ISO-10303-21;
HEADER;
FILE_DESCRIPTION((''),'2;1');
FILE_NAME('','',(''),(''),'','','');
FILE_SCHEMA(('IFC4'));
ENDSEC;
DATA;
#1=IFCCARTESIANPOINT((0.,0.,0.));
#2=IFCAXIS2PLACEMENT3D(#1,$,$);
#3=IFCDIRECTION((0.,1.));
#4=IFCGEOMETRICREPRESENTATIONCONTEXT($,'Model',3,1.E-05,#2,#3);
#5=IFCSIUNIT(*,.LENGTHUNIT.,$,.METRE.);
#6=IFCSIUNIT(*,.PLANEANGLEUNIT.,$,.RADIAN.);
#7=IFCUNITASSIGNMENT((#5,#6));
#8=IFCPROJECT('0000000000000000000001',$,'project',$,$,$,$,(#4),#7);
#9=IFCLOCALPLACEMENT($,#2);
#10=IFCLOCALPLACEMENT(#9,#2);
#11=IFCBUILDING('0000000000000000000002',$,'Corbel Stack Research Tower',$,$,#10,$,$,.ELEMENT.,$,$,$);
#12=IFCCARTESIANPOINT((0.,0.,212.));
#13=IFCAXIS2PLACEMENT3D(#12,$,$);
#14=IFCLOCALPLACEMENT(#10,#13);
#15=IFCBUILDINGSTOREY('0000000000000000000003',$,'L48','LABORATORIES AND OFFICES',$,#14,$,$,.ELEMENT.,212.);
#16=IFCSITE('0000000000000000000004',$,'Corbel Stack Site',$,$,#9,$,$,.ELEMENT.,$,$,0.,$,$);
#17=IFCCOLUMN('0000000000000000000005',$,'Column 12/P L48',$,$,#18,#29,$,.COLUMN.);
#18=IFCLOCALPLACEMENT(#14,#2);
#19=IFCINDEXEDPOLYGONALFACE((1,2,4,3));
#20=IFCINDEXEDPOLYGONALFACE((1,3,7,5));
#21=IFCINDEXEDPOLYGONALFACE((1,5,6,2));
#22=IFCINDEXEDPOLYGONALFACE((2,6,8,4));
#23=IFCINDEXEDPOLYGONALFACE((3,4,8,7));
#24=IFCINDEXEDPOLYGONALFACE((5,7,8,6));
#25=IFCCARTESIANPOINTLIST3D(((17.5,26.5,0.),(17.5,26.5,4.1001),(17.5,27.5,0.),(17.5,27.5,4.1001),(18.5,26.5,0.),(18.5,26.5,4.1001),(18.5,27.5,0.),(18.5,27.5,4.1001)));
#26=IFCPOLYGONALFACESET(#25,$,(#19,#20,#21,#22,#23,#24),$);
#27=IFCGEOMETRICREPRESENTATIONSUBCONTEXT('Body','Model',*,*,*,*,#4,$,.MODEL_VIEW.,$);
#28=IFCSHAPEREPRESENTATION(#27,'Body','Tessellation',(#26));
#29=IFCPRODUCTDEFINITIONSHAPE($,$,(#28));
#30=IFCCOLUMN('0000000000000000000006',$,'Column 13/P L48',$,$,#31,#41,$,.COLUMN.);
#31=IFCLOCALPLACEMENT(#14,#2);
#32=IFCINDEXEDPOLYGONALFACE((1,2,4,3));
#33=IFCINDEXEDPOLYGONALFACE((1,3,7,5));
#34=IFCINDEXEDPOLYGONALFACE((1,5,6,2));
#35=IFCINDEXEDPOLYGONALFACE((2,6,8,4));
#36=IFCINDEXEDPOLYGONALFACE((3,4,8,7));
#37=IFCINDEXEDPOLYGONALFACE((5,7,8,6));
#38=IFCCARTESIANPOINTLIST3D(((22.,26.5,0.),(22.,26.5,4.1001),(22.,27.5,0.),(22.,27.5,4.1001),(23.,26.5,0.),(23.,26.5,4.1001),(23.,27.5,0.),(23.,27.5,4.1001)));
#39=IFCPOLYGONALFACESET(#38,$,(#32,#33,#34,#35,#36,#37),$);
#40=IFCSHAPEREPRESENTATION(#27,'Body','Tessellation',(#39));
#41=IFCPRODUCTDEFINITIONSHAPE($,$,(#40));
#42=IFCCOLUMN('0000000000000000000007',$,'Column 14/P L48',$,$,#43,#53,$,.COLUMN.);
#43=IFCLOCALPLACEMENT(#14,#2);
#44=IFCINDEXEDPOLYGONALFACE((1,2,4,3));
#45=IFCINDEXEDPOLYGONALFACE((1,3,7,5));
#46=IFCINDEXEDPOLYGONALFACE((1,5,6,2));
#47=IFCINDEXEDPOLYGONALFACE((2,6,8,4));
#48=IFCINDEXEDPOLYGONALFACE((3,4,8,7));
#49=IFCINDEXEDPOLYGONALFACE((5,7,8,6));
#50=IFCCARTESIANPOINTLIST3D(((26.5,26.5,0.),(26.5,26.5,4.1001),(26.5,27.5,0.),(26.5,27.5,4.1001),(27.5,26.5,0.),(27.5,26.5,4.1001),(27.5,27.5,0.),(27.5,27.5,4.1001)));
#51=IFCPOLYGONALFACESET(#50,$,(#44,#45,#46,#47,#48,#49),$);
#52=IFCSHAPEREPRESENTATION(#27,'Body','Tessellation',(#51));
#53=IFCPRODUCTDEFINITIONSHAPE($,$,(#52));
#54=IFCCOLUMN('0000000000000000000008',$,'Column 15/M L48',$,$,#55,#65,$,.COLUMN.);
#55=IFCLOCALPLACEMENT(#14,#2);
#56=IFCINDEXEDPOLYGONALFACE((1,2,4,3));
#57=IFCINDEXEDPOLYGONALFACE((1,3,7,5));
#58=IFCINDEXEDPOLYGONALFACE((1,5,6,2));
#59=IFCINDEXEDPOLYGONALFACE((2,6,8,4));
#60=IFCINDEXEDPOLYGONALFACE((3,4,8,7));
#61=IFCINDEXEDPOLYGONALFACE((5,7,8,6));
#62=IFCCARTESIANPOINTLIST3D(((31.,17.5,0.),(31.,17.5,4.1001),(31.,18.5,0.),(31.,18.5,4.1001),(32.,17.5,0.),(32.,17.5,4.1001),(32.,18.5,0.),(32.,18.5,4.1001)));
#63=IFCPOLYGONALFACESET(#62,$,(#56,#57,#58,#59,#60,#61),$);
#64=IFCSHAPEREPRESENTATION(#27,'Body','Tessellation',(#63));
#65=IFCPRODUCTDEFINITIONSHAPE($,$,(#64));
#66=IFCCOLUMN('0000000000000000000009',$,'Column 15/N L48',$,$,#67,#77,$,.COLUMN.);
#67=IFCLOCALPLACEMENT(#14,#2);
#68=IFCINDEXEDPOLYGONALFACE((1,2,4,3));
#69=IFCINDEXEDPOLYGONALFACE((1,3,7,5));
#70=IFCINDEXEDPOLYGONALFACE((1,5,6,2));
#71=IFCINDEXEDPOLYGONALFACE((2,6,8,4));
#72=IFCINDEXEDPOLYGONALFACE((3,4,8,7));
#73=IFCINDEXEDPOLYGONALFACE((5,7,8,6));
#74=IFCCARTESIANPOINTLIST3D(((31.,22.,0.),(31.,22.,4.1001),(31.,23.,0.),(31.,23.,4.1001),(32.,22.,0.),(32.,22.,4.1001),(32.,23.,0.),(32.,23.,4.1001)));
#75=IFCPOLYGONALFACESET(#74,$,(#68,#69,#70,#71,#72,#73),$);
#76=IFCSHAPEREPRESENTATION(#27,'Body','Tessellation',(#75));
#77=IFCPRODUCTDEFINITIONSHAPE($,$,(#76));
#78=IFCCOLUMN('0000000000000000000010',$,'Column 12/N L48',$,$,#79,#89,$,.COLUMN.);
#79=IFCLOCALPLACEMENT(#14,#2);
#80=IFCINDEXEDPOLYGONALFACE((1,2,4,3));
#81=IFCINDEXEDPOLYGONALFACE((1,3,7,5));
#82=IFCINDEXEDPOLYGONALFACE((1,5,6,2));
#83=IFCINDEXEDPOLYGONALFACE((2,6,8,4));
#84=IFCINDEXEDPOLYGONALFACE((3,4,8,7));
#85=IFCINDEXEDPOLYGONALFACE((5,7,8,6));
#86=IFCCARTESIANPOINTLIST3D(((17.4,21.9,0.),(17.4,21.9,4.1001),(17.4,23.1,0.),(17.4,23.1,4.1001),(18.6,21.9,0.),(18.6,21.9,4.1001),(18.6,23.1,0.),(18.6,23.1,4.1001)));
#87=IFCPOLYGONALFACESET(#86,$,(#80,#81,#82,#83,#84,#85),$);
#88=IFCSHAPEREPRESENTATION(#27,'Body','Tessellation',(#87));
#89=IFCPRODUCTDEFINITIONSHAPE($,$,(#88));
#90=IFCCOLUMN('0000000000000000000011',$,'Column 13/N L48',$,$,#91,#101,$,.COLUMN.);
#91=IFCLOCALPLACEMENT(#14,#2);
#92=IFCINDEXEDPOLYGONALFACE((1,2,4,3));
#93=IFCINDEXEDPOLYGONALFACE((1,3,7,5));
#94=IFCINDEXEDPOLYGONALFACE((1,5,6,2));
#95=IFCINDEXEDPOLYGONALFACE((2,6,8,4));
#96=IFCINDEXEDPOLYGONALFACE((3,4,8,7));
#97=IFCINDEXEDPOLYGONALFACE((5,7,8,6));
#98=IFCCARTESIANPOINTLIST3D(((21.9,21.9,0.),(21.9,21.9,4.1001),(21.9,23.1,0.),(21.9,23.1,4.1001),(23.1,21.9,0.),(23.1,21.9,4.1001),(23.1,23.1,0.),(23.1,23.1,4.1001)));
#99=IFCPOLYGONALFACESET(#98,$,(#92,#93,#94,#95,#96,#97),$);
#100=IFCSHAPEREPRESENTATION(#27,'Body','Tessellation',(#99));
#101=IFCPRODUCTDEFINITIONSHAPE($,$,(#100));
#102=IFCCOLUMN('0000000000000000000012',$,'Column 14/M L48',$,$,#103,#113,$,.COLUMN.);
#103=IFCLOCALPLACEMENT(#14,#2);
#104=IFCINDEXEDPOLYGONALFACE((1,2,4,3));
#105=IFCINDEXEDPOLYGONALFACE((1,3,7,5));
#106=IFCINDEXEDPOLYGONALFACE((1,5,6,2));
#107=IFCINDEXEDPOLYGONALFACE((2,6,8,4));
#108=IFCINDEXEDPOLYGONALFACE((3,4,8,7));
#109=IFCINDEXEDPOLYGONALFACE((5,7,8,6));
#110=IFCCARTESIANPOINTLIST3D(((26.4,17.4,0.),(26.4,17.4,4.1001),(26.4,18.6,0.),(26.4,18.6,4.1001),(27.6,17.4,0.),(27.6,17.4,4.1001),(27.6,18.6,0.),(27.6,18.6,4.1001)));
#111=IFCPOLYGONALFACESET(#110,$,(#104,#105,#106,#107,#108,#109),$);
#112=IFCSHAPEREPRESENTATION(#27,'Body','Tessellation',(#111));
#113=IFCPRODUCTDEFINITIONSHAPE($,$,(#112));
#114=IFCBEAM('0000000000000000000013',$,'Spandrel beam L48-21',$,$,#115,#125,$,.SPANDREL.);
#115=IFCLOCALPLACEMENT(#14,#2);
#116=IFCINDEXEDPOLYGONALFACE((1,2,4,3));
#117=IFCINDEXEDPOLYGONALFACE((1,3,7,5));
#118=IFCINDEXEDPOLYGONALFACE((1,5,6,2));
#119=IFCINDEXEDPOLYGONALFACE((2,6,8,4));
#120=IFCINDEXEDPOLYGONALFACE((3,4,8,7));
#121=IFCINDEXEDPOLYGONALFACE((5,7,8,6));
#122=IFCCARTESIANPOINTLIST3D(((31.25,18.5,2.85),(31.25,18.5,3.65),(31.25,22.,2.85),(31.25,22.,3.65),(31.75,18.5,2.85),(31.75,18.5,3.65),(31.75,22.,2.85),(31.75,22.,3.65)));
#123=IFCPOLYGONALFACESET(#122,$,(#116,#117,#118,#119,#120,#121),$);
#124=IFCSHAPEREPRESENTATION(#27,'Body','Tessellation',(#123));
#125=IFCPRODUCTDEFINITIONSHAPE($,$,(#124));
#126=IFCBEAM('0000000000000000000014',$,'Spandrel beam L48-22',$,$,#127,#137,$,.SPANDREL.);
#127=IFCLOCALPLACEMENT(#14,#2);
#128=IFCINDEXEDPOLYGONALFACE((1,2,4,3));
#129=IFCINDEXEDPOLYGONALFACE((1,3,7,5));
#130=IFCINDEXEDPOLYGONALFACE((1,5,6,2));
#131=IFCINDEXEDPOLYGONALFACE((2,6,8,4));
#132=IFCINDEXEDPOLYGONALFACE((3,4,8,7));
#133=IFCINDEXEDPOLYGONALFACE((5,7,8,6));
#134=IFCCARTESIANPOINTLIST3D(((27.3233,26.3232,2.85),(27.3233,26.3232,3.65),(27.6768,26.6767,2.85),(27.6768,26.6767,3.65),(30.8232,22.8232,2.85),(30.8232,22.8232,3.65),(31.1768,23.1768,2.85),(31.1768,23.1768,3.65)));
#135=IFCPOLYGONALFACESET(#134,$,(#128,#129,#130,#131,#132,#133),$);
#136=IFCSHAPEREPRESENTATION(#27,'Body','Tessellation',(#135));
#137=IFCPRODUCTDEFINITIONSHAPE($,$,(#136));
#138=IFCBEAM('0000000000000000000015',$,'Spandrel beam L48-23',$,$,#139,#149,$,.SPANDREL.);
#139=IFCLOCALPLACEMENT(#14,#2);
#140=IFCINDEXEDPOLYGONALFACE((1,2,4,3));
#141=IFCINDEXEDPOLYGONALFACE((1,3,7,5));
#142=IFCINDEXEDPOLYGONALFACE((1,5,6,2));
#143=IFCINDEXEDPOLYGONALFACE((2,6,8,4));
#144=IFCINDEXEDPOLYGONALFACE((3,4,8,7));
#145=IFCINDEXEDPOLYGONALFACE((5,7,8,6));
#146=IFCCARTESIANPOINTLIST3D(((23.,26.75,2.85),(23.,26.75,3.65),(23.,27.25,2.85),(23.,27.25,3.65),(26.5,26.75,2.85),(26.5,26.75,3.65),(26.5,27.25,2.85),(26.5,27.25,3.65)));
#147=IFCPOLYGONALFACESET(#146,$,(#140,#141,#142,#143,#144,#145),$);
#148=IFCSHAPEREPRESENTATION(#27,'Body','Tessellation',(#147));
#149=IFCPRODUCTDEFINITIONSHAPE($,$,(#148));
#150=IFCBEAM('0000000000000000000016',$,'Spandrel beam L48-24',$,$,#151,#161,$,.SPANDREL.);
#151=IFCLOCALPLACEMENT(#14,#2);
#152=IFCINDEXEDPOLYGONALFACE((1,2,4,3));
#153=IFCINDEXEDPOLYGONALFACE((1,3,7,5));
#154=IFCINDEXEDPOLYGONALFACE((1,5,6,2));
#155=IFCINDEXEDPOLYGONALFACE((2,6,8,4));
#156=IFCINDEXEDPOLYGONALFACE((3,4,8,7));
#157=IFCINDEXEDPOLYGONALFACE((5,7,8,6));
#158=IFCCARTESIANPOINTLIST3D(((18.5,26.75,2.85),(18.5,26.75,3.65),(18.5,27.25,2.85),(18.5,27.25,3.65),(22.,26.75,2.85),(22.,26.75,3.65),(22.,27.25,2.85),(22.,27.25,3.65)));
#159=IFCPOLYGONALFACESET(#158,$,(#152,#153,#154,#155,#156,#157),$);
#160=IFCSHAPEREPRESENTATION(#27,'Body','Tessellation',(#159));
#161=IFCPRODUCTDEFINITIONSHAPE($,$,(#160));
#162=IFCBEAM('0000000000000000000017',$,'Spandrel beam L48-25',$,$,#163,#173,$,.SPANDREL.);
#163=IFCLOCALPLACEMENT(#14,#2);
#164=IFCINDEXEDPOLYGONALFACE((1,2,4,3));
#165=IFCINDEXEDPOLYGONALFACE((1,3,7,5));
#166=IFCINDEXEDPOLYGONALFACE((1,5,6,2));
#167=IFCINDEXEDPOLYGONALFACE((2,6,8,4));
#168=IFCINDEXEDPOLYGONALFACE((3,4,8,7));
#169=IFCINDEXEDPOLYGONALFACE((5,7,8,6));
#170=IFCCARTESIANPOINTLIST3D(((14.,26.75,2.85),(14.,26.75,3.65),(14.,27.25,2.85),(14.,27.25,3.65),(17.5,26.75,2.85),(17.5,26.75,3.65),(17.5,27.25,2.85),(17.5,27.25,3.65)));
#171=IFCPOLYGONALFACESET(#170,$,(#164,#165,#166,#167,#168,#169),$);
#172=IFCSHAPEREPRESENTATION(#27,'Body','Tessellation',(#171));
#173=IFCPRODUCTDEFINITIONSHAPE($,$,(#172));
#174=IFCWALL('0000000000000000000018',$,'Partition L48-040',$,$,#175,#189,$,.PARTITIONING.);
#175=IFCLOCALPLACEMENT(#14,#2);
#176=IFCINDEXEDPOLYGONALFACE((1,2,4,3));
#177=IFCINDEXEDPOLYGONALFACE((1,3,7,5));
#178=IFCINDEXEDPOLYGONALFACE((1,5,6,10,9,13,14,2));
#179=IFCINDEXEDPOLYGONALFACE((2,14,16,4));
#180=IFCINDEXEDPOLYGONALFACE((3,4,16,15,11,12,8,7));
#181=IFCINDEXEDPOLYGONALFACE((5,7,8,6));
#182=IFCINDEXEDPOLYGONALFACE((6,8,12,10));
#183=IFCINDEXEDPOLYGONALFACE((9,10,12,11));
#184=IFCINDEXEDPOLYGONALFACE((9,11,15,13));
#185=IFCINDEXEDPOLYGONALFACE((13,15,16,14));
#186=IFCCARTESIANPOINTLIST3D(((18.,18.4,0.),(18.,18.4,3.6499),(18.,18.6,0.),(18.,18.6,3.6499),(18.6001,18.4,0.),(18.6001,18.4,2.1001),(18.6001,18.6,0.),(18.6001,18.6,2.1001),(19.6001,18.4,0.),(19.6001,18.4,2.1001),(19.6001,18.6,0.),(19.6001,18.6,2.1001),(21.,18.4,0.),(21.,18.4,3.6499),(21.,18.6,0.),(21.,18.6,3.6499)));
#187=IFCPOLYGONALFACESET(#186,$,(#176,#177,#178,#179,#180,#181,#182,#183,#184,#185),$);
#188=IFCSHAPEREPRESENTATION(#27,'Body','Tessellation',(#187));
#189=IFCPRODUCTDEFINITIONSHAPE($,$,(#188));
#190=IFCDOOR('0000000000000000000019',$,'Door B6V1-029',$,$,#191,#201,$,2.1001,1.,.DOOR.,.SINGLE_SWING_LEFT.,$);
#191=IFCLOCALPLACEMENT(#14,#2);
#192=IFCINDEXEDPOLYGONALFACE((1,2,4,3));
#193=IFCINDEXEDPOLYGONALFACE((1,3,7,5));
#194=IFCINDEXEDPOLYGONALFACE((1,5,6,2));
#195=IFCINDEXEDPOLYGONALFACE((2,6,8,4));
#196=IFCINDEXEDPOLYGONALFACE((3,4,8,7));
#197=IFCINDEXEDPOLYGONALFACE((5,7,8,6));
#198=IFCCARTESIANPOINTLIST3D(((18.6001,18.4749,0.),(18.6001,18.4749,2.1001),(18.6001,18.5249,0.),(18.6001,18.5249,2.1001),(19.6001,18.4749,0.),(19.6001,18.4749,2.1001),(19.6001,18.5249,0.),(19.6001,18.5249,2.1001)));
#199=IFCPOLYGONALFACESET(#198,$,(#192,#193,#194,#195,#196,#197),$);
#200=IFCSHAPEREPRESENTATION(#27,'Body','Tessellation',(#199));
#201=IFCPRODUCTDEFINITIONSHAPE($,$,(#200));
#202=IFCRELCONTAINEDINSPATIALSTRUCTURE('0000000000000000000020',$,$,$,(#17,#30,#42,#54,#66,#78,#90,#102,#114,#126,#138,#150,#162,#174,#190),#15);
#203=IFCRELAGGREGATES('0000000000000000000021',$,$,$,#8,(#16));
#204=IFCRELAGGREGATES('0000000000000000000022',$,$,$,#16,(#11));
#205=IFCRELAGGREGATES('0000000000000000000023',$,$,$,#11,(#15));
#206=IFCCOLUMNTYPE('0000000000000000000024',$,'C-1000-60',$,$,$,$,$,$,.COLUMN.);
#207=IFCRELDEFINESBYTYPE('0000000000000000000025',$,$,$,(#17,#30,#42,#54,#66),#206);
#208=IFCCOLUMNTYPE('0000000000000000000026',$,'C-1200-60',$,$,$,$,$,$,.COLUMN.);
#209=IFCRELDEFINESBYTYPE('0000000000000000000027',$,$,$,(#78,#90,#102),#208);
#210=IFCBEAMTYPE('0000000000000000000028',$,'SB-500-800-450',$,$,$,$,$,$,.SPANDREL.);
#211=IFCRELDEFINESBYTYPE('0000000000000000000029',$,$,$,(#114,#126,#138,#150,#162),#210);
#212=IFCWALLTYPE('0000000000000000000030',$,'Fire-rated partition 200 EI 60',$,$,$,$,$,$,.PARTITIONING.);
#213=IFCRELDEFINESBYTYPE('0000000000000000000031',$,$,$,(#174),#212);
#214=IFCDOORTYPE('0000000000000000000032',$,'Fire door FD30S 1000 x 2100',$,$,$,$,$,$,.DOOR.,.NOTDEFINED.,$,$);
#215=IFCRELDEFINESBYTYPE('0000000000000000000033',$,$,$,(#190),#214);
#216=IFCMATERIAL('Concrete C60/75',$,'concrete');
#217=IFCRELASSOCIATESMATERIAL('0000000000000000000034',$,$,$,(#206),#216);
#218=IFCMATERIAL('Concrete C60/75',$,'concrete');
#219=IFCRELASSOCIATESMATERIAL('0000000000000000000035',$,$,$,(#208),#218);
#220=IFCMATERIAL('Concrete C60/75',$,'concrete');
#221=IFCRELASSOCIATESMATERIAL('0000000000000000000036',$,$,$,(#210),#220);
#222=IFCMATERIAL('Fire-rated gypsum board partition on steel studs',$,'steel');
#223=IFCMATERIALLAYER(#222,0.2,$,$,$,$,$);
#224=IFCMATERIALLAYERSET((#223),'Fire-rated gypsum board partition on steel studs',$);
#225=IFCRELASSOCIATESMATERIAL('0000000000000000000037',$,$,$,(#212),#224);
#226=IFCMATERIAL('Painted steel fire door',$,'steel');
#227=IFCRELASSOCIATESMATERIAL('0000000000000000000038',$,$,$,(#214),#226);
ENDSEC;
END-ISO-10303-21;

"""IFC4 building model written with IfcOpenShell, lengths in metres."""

from ifc_helpers import new_model, si_unit, direction, frame, frame_2d, origin, origin_2d, place, context, subcontext, project, spatial, rectangle, extrude, material, layer, layer_set, material_profile, profile_set, type_object, element, fill, save


model = new_model("IFC4")

# Units and contexts
model_context = context("Model", 3, precision=1e-05, world=origin(), true_north=direction((0.0, 1.0)))
body_context = subcontext(model_context, "Body", "Model", "MODEL_VIEW")
ifc_project = project(units=[si_unit("LENGTHUNIT", "METRE"), si_unit("PLANEANGLEUNIT", "RADIAN")], contexts=[model_context])

# Site, building, storey
site_placement = place(None, origin())
site = spatial("IfcSite", under=ifc_project, at=site_placement, Name="Corbel Stack Site", CompositionType="ELEMENT", RefElevation=0.0)
building_placement = place(site_placement, origin())
building = spatial("IfcBuilding", under=site, at=building_placement, Name="Corbel Stack Research Tower", CompositionType="ELEMENT")
storey_placement = place(building_placement, frame((0.0, 0.0, 212.0)))
storey = spatial("IfcBuildingStorey", under=building, at=storey_placement, Name="L48", Description="LABORATORIES AND OFFICES", CompositionType="ELEMENT", Elevation=212.0)

# Columns
ifc_material_1 = material(Name="Concrete C60/75", Category="concrete")
ifc_material_profile_1 = material_profile(ifc_material_1, rectangle(XDim=1.0, YDim=1.0, at=origin_2d()), Name="RC 1000 x 1000")
ifc_profile_set_1 = profile_set([ifc_material_profile_1], Name="Concrete C60/75")
column_type_1 = type_object("IfcColumnType", Name="C-1000-60", PredefinedType="COLUMN", material=ifc_profile_set_1)
for number, where, z_axis, x_axis, name in (
    (1, (18.0, 27.0, 0.0), (0.0, 0.0, 1.0), (1.0, 0.0, 0.0), "Column 12/P L48"),
    (2, (22.5, 27.0, 0.0), (0.0, 0.0, 1.0), (1.0, 0.0, 0.0), "Column 13/P L48"),
    (3, (27.0, 27.0, 0.0), (0.0, 0.0, 1.0), (1.0, 0.0, 0.0), "Column 14/P L48"),
    (4, (31.5, 18.0, 0.0), (0.0, 0.0, 1.0), (1.0, 0.0, 0.0), "Column 15/M L48"),
    (5, (31.5, 22.5, 0.0), (0.0, 0.0, 1.0), (1.0, 0.0, 0.0), "Column 15/N L48"),
):
    element("IfcColumn", number, at=place(storey_placement, frame(where, z_axis=z_axis, x_axis=x_axis)), inside=storey, type_object=column_type_1, Name=name, PredefinedType="COLUMN", context=body_context, shape_type="SweptSolid", body=[
        extrude(rectangle(XDim=1.0, YDim=1.0, at=origin_2d()), origin(), (0.0, 0.0, 1.0), 4.1001),
    ])
ifc_material_2 = material(Name="Concrete C60/75", Category="concrete")
ifc_material_profile_2 = material_profile(ifc_material_2, rectangle(XDim=1.2, YDim=1.2, at=origin_2d()), Name="RC 1200 x 1200")
ifc_profile_set_2 = profile_set([ifc_material_profile_2], Name="Concrete C60/75")
column_type_2 = type_object("IfcColumnType", Name="C-1200-60", PredefinedType="COLUMN", material=ifc_profile_set_2)
for number, where, z_axis, x_axis, name in (
    (6, (18.0, 22.5, 0.0), (0.0, 0.0, 1.0), (1.0, 0.0, 0.0), "Column 12/N L48"),
    (7, (22.5, 22.5, 0.0), (0.0, 0.0, 1.0), (1.0, 0.0, 0.0), "Column 13/N L48"),
    (8, (27.0, 18.0, 0.0), (0.0, 0.0, 1.0), (1.0, 0.0, 0.0), "Column 14/M L48"),
):
    element("IfcColumn", number, at=place(storey_placement, frame(where, z_axis=z_axis, x_axis=x_axis)), inside=storey, type_object=column_type_2, Name=name, PredefinedType="COLUMN", context=body_context, shape_type="SweptSolid", body=[
        extrude(rectangle(XDim=1.2, YDim=1.2, at=origin_2d()), origin(), (0.0, 0.0, 1.0), 4.1001),
    ])

# Beams
ifc_material_3 = material(Name="Concrete C60/75", Category="concrete")
ifc_material_profile_3 = material_profile(ifc_material_3, rectangle(XDim=0.5, YDim=0.8, at=origin_2d()), Name="RC 500 x 800")
ifc_profile_set_3 = profile_set([ifc_material_profile_3], Name="Concrete C60/75")
beam_type = type_object("IfcBeamType", Name="SB-500-800-450", PredefinedType="SPANDREL", material=ifc_profile_set_3)
beam_1_placement = place(storey_placement, frame((31.5, 18.5, 3.25), z_axis=(0.0, 1.0, 0.0), x_axis=(-1.0, 0.0, 0.0)))
element("IfcBeam", 9, at=beam_1_placement, inside=storey, type_object=beam_type, Name="Spandrel beam L48-21", PredefinedType="SPANDREL", context=body_context, shape_type="SweptSolid", body=[
    extrude(rectangle(XDim=0.5, YDim=0.8, at=origin_2d()), origin(), (0.0, 0.0, 1.0), 3.5),
])
beam_2_placement = place(storey_placement, frame((31.0, 23.0, 3.25), z_axis=(-0.707107, 0.707107, 0.0), x_axis=(-0.707107, -0.707107, 0.0)))
element("IfcBeam", 10, at=beam_2_placement, inside=storey, type_object=beam_type, Name="Spandrel beam L48-22", PredefinedType="SPANDREL", context=body_context, shape_type="SweptSolid", body=[
    extrude(rectangle(XDim=0.5, YDim=0.8, at=origin_2d()), origin(), (0.0, 0.0, 1.0), 4.9497),
])
for number, where, z_axis, x_axis, name in (
    (11, (26.5, 27.0, 3.25), (-1.0, 0.0, 0.0), (0.0, -1.0, 0.0), "Spandrel beam L48-23"),
    (12, (22.0, 27.0, 3.25), (-1.0, 0.0, 0.0), (0.0, -1.0, 0.0), "Spandrel beam L48-24"),
    (13, (17.5, 27.0, 3.25), (-1.0, 0.0, 0.0), (0.0, -1.0, 0.0), "Spandrel beam L48-25"),
):
    element("IfcBeam", number, at=place(storey_placement, frame(where, z_axis=z_axis, x_axis=x_axis)), inside=storey, type_object=beam_type, Name=name, PredefinedType="SPANDREL", context=body_context, shape_type="SweptSolid", body=[
        extrude(rectangle(XDim=0.5, YDim=0.8, at=origin_2d()), origin(), (0.0, 0.0, 1.0), 3.5),
    ])

# Wall, opening, door
ifc_material_4 = material(Name="Fire-rated gypsum board partition on steel studs", Category="steel")
ifc_layer_1 = layer(ifc_material_4, 0.2)
ifc_layer_set_1 = layer_set([ifc_layer_1], Name="Fire-rated gypsum board partition on steel studs")
wall_type_1 = type_object("IfcWallType", Name="Fire-rated partition 200 EI 60", PredefinedType="PARTITIONING", material=ifc_layer_set_1)
wall_1_placement = place(storey_placement, frame((18.0, 18.5, 0.0), z_axis=(0.0, 0.0, 1.0), x_axis=(1.0, 0.0, 0.0)))
wall_1 = element("IfcWall", 14, at=wall_1_placement, inside=storey, type_object=wall_type_1, Name="Partition L48-040", PredefinedType="PARTITIONING", context=body_context, shape_type="SweptSolid", body=[
    extrude(rectangle(XDim=3.0, YDim=0.2, at=frame_2d((1.5, 0.0))), origin(), (0.0, 0.0, 1.0), 3.6499),
])
opening_1_placement = place(wall_1_placement, frame((0.6001, 0.0, 0.0)))
opening_1 = element("IfcOpeningElement", 15, at=opening_1_placement, cuts=wall_1, PredefinedType="OPENING", context=body_context, shape_type="SweptSolid", body=[
    extrude(rectangle(XDim=1.0, YDim=2.1001, at=frame_2d((0.5, 1.05))), frame((0.0, 0.1099, 0.0), z_axis=(0.0, -1.0, 0.0), x_axis=(1.0, 0.0, 0.0)), (0.0, 0.0, 1.0), 0.22),
])
ifc_material_5 = material(Name="Painted steel fire door", Category="steel")
door_type_1 = type_object("IfcDoorType", Name="Fire door FD30S 1000 x 2100", OperationType="NOTDEFINED", PredefinedType="DOOR", material=ifc_material_5)
door_1_placement = place(opening_1_placement, origin())
door_1 = element("IfcDoor", 16, at=door_1_placement, inside=storey, type_object=door_type_1, Name="Door B6V1-029", OperationType="SINGLE_SWING_LEFT", OverallHeight=2.1001, OverallWidth=1.0, PredefinedType="DOOR", context=body_context, shape_type="SweptSolid", body=[
    extrude(rectangle(XDim=1.0, YDim=2.1001, at=frame_2d((0.5, 1.05))), frame((0.0, 0.0249, 0.0), z_axis=(0.0, -1.0, 0.0), x_axis=(1.0, 0.0, 0.0)), (0.0, 0.0, 1.0), 0.05),
])
fill(opening_1, door_1)

save(model, "model.ifc")
